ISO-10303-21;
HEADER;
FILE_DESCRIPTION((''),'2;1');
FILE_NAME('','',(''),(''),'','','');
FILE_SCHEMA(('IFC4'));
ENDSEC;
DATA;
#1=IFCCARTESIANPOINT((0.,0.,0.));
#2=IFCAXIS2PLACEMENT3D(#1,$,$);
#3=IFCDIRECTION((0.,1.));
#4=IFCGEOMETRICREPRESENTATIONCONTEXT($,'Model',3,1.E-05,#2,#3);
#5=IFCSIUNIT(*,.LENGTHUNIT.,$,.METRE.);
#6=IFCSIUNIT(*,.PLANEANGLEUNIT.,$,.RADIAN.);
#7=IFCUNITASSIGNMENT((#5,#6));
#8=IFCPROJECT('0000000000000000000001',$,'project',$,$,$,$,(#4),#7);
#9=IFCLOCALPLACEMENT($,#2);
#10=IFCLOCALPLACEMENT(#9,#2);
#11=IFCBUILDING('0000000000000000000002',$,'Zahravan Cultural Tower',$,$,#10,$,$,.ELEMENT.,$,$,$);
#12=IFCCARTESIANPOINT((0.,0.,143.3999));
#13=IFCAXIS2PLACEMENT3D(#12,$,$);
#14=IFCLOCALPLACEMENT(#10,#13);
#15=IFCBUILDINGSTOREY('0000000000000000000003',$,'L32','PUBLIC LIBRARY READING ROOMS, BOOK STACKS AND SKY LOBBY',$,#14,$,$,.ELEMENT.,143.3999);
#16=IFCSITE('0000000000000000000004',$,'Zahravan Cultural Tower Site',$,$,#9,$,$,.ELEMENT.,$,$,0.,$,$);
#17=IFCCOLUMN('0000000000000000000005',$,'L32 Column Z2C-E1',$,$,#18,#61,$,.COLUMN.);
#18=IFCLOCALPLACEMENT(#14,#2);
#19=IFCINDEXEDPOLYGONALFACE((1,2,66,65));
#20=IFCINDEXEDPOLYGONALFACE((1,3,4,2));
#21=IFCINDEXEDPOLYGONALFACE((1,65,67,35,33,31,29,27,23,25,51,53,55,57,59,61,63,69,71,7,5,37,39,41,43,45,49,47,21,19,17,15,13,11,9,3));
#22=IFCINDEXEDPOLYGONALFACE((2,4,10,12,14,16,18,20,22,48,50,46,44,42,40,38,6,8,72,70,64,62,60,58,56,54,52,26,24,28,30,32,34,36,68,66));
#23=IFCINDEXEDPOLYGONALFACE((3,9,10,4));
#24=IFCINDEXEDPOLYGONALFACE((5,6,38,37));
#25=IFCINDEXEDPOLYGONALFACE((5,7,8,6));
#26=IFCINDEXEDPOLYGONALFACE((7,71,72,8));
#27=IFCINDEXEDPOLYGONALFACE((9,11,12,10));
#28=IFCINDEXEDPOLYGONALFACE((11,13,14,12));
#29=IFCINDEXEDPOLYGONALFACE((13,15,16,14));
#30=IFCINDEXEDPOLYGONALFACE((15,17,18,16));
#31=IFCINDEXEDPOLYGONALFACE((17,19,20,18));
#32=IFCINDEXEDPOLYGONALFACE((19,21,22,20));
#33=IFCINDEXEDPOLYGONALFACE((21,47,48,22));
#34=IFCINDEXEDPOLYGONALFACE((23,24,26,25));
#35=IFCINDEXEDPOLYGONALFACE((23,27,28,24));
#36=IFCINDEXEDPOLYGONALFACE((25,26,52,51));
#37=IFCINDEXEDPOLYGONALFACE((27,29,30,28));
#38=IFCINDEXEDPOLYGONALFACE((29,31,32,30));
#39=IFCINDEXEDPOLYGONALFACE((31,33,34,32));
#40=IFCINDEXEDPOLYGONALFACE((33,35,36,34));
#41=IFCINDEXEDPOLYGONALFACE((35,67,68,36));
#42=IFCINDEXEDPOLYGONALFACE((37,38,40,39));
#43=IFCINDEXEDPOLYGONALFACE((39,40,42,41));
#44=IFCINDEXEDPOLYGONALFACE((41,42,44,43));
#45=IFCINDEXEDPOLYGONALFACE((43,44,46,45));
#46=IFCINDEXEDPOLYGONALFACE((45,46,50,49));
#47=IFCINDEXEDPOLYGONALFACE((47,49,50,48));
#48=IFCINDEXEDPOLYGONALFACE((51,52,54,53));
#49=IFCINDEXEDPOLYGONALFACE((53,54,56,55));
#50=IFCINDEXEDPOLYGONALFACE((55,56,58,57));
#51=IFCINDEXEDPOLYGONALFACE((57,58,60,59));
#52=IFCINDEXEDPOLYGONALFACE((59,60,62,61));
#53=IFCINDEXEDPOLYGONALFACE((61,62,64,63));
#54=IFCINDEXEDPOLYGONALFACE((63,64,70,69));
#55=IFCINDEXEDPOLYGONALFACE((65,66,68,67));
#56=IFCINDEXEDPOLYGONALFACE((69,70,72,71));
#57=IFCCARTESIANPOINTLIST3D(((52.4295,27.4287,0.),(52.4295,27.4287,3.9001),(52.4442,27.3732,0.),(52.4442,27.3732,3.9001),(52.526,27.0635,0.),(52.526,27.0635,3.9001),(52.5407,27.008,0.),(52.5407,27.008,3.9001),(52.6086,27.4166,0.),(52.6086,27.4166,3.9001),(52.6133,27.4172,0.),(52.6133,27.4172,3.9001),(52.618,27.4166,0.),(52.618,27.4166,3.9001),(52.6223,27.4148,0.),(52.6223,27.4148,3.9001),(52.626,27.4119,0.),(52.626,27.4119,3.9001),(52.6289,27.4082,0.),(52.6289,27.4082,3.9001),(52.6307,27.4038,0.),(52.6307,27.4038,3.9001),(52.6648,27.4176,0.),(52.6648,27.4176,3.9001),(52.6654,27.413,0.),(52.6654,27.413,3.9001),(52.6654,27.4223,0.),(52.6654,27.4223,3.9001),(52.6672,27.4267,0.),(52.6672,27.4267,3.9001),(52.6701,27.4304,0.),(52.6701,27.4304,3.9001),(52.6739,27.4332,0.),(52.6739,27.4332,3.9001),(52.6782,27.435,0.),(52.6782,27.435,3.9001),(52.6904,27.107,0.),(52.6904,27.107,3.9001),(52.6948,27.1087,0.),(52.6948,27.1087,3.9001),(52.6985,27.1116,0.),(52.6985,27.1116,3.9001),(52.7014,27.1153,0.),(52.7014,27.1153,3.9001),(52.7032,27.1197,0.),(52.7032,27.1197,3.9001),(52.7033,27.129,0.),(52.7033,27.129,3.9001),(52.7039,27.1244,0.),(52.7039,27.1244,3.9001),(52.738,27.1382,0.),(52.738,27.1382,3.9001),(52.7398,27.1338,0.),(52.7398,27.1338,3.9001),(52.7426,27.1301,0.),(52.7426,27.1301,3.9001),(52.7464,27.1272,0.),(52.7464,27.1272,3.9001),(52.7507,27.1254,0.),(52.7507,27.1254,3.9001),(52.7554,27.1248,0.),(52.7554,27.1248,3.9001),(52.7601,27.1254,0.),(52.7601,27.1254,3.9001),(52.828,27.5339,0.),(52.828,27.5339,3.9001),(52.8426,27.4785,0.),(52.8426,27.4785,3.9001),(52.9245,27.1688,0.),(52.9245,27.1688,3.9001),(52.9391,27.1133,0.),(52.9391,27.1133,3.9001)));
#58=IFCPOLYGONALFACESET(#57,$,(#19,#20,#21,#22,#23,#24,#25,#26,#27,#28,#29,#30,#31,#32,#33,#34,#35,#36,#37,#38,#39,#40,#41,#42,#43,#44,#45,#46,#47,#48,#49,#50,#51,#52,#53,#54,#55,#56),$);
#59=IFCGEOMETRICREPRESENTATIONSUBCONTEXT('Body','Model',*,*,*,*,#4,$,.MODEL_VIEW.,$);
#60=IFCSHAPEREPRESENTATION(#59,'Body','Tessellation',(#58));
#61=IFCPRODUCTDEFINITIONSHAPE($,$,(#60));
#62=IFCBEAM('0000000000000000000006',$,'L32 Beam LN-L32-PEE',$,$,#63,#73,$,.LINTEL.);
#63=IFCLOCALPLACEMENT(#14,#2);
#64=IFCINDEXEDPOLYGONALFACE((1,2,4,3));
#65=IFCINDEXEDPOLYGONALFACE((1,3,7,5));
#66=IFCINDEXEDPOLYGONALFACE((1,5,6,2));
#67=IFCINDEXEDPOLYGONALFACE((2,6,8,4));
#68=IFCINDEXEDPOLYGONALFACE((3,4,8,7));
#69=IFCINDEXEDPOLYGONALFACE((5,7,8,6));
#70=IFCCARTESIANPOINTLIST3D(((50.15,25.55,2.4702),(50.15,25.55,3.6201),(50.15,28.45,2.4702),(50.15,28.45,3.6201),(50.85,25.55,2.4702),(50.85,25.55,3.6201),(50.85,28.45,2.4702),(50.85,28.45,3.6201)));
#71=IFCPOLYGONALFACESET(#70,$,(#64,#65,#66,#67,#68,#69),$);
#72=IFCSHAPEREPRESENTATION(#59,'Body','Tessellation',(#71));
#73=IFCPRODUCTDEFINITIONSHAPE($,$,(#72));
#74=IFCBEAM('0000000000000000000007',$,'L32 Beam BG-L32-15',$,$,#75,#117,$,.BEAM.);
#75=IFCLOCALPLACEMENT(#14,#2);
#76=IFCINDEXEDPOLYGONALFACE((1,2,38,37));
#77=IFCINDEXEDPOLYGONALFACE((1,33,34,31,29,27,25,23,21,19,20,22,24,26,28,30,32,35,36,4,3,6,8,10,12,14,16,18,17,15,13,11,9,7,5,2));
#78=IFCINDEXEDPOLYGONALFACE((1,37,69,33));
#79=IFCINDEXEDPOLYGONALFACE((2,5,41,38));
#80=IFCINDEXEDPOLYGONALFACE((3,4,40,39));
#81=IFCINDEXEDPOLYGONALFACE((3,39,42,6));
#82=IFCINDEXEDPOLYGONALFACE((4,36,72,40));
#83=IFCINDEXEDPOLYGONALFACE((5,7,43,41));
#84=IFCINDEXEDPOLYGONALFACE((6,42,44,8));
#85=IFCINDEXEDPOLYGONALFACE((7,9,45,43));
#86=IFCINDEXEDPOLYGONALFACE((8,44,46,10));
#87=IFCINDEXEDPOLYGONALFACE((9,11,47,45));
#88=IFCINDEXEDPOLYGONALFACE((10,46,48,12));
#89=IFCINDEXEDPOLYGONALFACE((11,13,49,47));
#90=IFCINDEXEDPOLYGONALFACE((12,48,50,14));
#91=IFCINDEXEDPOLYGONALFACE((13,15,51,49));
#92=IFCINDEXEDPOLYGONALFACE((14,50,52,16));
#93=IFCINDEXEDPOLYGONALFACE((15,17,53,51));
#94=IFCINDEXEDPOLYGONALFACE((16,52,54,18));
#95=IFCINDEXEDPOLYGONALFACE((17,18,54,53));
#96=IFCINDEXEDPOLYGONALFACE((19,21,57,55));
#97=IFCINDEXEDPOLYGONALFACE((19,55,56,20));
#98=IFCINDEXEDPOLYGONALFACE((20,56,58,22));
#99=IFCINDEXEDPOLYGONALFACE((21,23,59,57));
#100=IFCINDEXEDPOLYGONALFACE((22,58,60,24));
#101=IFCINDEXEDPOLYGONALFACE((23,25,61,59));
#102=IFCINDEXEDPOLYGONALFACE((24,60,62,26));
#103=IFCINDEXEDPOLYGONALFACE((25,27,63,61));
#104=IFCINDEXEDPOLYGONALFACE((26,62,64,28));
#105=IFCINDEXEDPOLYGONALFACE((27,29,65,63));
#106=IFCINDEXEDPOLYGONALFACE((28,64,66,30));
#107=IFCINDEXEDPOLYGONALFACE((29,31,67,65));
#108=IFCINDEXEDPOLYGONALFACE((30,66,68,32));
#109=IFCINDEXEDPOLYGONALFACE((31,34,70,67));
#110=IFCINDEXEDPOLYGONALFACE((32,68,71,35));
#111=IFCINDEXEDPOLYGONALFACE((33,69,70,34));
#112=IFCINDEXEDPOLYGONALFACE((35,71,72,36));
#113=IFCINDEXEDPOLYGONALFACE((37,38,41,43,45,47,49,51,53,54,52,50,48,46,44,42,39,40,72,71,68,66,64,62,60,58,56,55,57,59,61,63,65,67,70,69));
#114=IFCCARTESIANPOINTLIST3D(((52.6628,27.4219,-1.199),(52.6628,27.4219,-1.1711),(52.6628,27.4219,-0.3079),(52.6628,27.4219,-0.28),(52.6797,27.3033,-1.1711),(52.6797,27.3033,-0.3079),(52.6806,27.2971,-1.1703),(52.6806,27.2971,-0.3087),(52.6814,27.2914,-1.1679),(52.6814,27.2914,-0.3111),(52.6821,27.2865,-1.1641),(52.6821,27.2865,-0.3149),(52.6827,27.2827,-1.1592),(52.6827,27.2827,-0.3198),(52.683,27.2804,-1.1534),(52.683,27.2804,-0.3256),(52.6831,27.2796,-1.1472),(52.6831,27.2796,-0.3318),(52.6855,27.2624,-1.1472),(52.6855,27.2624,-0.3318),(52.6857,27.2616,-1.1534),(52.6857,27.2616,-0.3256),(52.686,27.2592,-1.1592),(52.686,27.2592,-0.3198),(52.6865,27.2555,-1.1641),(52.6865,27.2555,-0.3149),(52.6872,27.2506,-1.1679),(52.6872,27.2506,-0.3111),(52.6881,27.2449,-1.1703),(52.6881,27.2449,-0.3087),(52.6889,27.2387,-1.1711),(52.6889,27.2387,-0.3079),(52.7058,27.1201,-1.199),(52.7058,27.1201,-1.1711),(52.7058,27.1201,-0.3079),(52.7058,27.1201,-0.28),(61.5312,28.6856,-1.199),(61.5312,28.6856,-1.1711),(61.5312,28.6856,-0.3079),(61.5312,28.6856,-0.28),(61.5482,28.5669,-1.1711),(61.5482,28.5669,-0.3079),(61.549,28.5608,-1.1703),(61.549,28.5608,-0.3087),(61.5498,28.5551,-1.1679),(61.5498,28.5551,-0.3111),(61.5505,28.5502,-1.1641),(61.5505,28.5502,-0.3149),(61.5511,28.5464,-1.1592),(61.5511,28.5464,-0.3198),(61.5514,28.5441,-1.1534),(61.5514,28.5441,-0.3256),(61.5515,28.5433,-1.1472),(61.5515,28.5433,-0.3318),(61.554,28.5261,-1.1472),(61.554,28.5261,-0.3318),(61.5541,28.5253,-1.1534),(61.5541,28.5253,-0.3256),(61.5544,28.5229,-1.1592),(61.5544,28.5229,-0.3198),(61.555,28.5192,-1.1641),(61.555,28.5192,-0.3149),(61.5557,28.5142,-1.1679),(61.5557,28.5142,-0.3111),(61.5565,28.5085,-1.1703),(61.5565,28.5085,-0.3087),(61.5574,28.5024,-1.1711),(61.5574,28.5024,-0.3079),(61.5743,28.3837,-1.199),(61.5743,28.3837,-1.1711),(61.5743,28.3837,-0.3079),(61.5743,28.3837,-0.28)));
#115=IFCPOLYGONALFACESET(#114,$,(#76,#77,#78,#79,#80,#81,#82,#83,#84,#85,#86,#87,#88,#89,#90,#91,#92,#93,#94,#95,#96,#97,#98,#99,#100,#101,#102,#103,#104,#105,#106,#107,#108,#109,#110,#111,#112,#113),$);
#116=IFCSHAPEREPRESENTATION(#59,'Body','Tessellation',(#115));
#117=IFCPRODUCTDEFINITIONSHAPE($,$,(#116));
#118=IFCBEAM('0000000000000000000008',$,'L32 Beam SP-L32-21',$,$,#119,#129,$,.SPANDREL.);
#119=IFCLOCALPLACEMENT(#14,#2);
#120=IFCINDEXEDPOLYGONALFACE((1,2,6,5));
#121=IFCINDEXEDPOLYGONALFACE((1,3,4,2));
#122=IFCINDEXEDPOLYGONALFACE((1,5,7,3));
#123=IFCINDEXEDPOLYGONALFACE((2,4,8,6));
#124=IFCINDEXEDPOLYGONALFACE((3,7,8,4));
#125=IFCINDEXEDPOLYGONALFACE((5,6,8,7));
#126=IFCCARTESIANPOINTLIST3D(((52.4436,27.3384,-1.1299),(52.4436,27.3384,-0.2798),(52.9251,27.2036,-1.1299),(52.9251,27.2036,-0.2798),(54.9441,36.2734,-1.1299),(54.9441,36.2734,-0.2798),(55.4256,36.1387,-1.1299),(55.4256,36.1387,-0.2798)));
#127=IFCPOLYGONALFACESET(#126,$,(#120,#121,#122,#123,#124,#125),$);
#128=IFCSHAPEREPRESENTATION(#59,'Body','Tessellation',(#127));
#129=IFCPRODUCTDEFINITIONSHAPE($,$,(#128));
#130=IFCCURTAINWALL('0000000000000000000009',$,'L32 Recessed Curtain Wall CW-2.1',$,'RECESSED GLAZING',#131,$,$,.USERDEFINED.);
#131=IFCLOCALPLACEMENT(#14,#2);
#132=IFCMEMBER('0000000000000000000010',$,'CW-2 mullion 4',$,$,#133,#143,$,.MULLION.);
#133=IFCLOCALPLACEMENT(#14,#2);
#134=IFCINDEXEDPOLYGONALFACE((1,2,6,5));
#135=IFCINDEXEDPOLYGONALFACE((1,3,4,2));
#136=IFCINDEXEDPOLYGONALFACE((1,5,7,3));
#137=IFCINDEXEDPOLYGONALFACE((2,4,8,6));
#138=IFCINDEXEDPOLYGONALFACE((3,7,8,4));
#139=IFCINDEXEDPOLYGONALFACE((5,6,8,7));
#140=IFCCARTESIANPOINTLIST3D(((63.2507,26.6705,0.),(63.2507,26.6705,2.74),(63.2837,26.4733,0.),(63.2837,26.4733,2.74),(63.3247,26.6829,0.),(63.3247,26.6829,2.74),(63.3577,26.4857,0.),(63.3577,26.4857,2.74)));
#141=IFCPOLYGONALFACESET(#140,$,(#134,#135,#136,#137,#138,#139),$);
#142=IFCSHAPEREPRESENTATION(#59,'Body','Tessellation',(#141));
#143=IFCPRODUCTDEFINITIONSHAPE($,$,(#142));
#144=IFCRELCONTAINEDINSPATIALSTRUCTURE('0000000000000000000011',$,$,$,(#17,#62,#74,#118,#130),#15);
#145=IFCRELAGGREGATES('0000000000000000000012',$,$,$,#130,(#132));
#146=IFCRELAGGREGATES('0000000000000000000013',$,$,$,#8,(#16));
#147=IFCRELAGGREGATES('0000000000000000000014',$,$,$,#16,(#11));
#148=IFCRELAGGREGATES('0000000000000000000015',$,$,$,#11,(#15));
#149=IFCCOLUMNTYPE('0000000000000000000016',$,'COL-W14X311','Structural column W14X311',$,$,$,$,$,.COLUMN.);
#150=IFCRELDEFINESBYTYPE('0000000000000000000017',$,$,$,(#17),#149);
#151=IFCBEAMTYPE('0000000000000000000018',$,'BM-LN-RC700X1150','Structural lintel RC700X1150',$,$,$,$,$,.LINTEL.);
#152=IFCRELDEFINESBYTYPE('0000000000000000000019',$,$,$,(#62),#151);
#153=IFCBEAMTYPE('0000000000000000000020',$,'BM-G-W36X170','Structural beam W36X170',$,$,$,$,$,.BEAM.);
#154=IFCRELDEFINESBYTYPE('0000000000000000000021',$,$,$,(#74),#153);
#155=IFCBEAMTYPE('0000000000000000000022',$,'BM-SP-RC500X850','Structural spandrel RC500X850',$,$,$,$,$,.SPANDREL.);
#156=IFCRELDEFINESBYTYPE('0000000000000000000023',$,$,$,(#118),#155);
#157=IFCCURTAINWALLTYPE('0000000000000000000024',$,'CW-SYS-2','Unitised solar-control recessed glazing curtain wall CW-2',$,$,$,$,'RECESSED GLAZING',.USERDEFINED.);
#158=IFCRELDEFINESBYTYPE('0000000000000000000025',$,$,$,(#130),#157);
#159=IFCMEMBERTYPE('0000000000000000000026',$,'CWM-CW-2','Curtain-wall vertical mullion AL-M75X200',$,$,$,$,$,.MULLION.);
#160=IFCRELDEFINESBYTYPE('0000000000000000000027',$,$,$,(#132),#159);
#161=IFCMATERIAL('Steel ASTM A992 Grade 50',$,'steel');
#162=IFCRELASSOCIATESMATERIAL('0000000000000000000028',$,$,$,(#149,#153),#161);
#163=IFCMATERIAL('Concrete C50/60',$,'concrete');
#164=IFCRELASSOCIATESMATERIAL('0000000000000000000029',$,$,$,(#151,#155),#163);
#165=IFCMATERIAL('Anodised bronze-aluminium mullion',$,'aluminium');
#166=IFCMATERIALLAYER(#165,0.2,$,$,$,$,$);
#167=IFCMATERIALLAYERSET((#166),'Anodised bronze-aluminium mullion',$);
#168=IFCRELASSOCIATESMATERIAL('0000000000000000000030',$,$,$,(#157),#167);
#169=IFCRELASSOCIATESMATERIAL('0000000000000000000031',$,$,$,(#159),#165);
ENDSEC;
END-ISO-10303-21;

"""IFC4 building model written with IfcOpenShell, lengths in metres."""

from ifc_helpers import new_model, si_unit, direction, frame, origin, origin_2d, place, context, subcontext, project, spatial, rectangle, i_section, extrude, source, transform, mapped, material, layer, layer_set, material_profile, profile_set, type_object, element, aggregate, save


model = new_model("IFC4")

# Units and contexts
model_context = context("Model", 3, precision=1e-05, world=origin(), true_north=direction((0.0, 1.0)))
body_context = subcontext(model_context, "Body", "Model", "MODEL_VIEW")
ifc_project = project(units=[si_unit("LENGTHUNIT", "METRE"), si_unit("PLANEANGLEUNIT", "RADIAN")], contexts=[model_context])

# Site, building, storey
site_placement = place(None, origin())
site = spatial("IfcSite", under=ifc_project, at=site_placement, Name="Zahravan Cultural Tower Site", CompositionType="ELEMENT", RefElevation=0.0)
building_placement = place(site_placement, origin())
building = spatial("IfcBuilding", under=site, at=building_placement, Name="Zahravan Cultural Tower", CompositionType="ELEMENT")
storey_placement = place(building_placement, frame((0.0, 0.0, 143.3999)))
storey = spatial("IfcBuildingStorey", under=building, at=storey_placement, Name="L32", Description="PUBLIC LIBRARY READING ROOMS, BOOK STACKS AND SKY LOBBY", CompositionType="ELEMENT", Elevation=143.3999)

# Column
ifc_material_1 = material(Name="Steel ASTM A992 Grade 50", Category="steel")
ifc_material_profile_1 = material_profile(ifc_material_1, i_section(OverallWidth=0.4121, OverallDepth=0.4351, WebThickness=0.0359, FlangeThickness=0.0574, FilletRadius=0.0181, at=origin_2d()), Name="W14X311")
ifc_profile_set_1 = profile_set([ifc_material_profile_1], Name="Steel ASTM A992 Grade 50")
column_type = type_object("IfcColumnType", Name="COL-W14X311", Description="Structural column W14X311", PredefinedType="COLUMN", material=ifc_profile_set_1)
shared_shape_1 = source(origin(), body_context, "Body", "SweptSolid", [
    extrude(i_section(OverallWidth=0.4121, OverallDepth=0.4351, WebThickness=0.0359, FlangeThickness=0.0574, FilletRadius=0.0181, at=origin_2d()), origin(), (0.0, 0.0, 1.0), 3.9001),
])
column_placement = place(storey_placement, frame((52.6843, 27.271, 0.0), z_axis=(0.0, 0.0, 1.0), x_axis=(0.966823, 0.255446, 0.0)))
element("IfcColumn", 1, at=column_placement, inside=storey, type_object=column_type, Name="L32 Column Z2C-E1", PredefinedType="COLUMN", context=body_context, shape_type="MappedRepresentation", body=[
    mapped(shared_shape_1, transform((0.0, 0.0, 0.0), x_axis=(1.0, 0.0, 0.0), y_axis=(0.0, 1.0, 0.0), z_axis=(0.0, 0.0, 1.0), scale=1.0)),
])

# Beams
ifc_material_2 = material(Name="Concrete C50/60", Category="concrete")
ifc_material_profile_2 = material_profile(ifc_material_2, rectangle(XDim=0.7, YDim=1.1499, at=origin_2d()), Name="RC700X1150")
ifc_profile_set_2 = profile_set([ifc_material_profile_2], Name="Concrete C50/60")
beam_type_1 = type_object("IfcBeamType", Name="BM-LN-RC700X1150", Description="Structural lintel RC700X1150", PredefinedType="LINTEL", material=ifc_profile_set_2)
shared_shape_2 = source(origin(), body_context, "Body", "SweptSolid", [
    extrude(rectangle(XDim=0.7, YDim=1.1499, at=origin_2d()), origin(), (0.0, 0.0, 1.0), 2.8999),
])
beam_1_placement = place(storey_placement, frame((50.5, 25.55, 3.0452), z_axis=(0.0, 1.0, 0.0), x_axis=(-1.0, 0.0, 0.0)))
element("IfcBeam", 2, at=beam_1_placement, inside=storey, type_object=beam_type_1, Name="L32 Beam LN-L32-PEE", PredefinedType="LINTEL", context=body_context, shape_type="MappedRepresentation", body=[
    mapped(shared_shape_2, transform((0.0, 0.0, 0.0), x_axis=(1.0, 0.0, 0.0), y_axis=(0.0, 1.0, 0.0), z_axis=(0.0, 0.0, 1.0), scale=1.0)),
])
ifc_material_profile_3 = material_profile(ifc_material_1, i_section(OverallWidth=0.3049, OverallDepth=0.9189, WebThickness=0.0173, FlangeThickness=0.0278, FilletRadius=0.0239, at=origin_2d()), Name="W36X170")
ifc_profile_set_3 = profile_set([ifc_material_profile_3], Name="Steel ASTM A992 Grade 50")
beam_type_2 = type_object("IfcBeamType", Name="BM-G-W36X170", Description="Structural beam W36X170", PredefinedType="BEAM", material=ifc_profile_set_3)
shared_shape_3 = source(origin(), body_context, "Body", "SweptSolid", [
    extrude(i_section(OverallWidth=0.3049, OverallDepth=0.9189, WebThickness=0.0173, FlangeThickness=0.0278, FilletRadius=0.0239, at=origin_2d()), origin(), (0.0, 0.0, 1.0), 8.958),
])
beam_2_placement = place(storey_placement, frame((52.6843, 27.271, -0.7395), z_axis=(0.99, 0.141067, 0.0), x_axis=(-0.141067, 0.99, 0.0)))
element("IfcBeam", 3, at=beam_2_placement, inside=storey, type_object=beam_type_2, Name="L32 Beam BG-L32-15", PredefinedType="BEAM", context=body_context, shape_type="MappedRepresentation", body=[
    mapped(shared_shape_3, transform((0.0, 0.0, 0.0), x_axis=(1.0, 0.0, 0.0), y_axis=(0.0, 1.0, 0.0), z_axis=(0.0, 0.0, 1.0), scale=1.0)),
])
ifc_material_profile_4 = material_profile(ifc_material_2, rectangle(XDim=0.5, YDim=0.8501, at=origin_2d()), Name="RC500X850")
ifc_profile_set_4 = profile_set([ifc_material_profile_4], Name="Concrete C50/60")
beam_type_3 = type_object("IfcBeamType", Name="BM-SP-RC500X850", Description="Structural spandrel RC500X850", PredefinedType="SPANDREL", material=ifc_profile_set_4)
shared_shape_4 = source(origin(), body_context, "Body", "SweptSolid", [
    extrude(rectangle(XDim=0.5, YDim=0.8501, at=origin_2d()), origin(), (0.0, 0.0, 1.0), 9.2783),
])
beam_3_placement = place(storey_placement, frame((52.6843, 27.271, -0.7048), z_axis=(0.269497, 0.963001, 0.0), x_axis=(-0.963001, 0.269497, 0.0)))
element("IfcBeam", 4, at=beam_3_placement, inside=storey, type_object=beam_type_3, Name="L32 Beam SP-L32-21", PredefinedType="SPANDREL", context=body_context, shape_type="MappedRepresentation", body=[
    mapped(shared_shape_4, transform((0.0, 0.0, 0.0), x_axis=(1.0, 0.0, 0.0), y_axis=(0.0, 1.0, 0.0), z_axis=(0.0, 0.0, 1.0), scale=1.0)),
])

# Curtain wall, member
ifc_material_3 = material(Name="Anodised bronze-aluminium mullion", Category="aluminium")
ifc_layer_1 = layer(ifc_material_3, 0.2)
ifc_layer_set_1 = layer_set([ifc_layer_1], Name="Anodised bronze-aluminium mullion")
curtain_wall_type = type_object("IfcCurtainWallType", Name="CW-SYS-2", Description="Unitised solar-control recessed glazing curtain wall CW-2", ElementType="RECESSED GLAZING", PredefinedType="USERDEFINED", material=ifc_layer_set_1)
curtain_wall_placement = place(storey_placement, origin())
curtain_wall = element("IfcCurtainWall", 5, at=curtain_wall_placement, inside=storey, type_object=curtain_wall_type, Name="L32 Recessed Curtain Wall CW-2.1", ObjectType="RECESSED GLAZING", PredefinedType="USERDEFINED")
ifc_material_profile_5 = material_profile(ifc_material_3, rectangle(XDim=0.075, YDim=0.2, at=origin_2d()), Name="AL-M75X200")
ifc_profile_set_5 = profile_set([ifc_material_profile_5], Name="Anodised bronze-aluminium mullion")
member_type = type_object("IfcMemberType", Name="CWM-CW-2", Description="Curtain-wall vertical mullion AL-M75X200", PredefinedType="MULLION", material=ifc_profile_set_5)
shared_shape_5 = source(origin(), body_context, "Body", "SweptSolid", [
    extrude(rectangle(XDim=0.075, YDim=0.2, at=origin_2d()), origin(), (0.0, 0.0, 1.0), 2.74),
])
member_placement = place(storey_placement, frame((63.3042, 26.5781, 0.0), z_axis=(0.0, 0.0, 1.0), x_axis=(0.986285, 0.165051, 0.0)))
member = element("IfcMember", 6, at=member_placement, type_object=member_type, Name="CW-2 mullion 4", PredefinedType="MULLION", context=body_context, shape_type="MappedRepresentation", body=[
    mapped(shared_shape_5, transform((0.0, 0.0, 0.0), x_axis=(1.0, 0.0, 0.0), y_axis=(0.0, 1.0, 0.0), z_axis=(0.0, 0.0, 1.0), scale=1.0)),
])
aggregate(curtain_wall, [member])

save(model, "model.ifc")
